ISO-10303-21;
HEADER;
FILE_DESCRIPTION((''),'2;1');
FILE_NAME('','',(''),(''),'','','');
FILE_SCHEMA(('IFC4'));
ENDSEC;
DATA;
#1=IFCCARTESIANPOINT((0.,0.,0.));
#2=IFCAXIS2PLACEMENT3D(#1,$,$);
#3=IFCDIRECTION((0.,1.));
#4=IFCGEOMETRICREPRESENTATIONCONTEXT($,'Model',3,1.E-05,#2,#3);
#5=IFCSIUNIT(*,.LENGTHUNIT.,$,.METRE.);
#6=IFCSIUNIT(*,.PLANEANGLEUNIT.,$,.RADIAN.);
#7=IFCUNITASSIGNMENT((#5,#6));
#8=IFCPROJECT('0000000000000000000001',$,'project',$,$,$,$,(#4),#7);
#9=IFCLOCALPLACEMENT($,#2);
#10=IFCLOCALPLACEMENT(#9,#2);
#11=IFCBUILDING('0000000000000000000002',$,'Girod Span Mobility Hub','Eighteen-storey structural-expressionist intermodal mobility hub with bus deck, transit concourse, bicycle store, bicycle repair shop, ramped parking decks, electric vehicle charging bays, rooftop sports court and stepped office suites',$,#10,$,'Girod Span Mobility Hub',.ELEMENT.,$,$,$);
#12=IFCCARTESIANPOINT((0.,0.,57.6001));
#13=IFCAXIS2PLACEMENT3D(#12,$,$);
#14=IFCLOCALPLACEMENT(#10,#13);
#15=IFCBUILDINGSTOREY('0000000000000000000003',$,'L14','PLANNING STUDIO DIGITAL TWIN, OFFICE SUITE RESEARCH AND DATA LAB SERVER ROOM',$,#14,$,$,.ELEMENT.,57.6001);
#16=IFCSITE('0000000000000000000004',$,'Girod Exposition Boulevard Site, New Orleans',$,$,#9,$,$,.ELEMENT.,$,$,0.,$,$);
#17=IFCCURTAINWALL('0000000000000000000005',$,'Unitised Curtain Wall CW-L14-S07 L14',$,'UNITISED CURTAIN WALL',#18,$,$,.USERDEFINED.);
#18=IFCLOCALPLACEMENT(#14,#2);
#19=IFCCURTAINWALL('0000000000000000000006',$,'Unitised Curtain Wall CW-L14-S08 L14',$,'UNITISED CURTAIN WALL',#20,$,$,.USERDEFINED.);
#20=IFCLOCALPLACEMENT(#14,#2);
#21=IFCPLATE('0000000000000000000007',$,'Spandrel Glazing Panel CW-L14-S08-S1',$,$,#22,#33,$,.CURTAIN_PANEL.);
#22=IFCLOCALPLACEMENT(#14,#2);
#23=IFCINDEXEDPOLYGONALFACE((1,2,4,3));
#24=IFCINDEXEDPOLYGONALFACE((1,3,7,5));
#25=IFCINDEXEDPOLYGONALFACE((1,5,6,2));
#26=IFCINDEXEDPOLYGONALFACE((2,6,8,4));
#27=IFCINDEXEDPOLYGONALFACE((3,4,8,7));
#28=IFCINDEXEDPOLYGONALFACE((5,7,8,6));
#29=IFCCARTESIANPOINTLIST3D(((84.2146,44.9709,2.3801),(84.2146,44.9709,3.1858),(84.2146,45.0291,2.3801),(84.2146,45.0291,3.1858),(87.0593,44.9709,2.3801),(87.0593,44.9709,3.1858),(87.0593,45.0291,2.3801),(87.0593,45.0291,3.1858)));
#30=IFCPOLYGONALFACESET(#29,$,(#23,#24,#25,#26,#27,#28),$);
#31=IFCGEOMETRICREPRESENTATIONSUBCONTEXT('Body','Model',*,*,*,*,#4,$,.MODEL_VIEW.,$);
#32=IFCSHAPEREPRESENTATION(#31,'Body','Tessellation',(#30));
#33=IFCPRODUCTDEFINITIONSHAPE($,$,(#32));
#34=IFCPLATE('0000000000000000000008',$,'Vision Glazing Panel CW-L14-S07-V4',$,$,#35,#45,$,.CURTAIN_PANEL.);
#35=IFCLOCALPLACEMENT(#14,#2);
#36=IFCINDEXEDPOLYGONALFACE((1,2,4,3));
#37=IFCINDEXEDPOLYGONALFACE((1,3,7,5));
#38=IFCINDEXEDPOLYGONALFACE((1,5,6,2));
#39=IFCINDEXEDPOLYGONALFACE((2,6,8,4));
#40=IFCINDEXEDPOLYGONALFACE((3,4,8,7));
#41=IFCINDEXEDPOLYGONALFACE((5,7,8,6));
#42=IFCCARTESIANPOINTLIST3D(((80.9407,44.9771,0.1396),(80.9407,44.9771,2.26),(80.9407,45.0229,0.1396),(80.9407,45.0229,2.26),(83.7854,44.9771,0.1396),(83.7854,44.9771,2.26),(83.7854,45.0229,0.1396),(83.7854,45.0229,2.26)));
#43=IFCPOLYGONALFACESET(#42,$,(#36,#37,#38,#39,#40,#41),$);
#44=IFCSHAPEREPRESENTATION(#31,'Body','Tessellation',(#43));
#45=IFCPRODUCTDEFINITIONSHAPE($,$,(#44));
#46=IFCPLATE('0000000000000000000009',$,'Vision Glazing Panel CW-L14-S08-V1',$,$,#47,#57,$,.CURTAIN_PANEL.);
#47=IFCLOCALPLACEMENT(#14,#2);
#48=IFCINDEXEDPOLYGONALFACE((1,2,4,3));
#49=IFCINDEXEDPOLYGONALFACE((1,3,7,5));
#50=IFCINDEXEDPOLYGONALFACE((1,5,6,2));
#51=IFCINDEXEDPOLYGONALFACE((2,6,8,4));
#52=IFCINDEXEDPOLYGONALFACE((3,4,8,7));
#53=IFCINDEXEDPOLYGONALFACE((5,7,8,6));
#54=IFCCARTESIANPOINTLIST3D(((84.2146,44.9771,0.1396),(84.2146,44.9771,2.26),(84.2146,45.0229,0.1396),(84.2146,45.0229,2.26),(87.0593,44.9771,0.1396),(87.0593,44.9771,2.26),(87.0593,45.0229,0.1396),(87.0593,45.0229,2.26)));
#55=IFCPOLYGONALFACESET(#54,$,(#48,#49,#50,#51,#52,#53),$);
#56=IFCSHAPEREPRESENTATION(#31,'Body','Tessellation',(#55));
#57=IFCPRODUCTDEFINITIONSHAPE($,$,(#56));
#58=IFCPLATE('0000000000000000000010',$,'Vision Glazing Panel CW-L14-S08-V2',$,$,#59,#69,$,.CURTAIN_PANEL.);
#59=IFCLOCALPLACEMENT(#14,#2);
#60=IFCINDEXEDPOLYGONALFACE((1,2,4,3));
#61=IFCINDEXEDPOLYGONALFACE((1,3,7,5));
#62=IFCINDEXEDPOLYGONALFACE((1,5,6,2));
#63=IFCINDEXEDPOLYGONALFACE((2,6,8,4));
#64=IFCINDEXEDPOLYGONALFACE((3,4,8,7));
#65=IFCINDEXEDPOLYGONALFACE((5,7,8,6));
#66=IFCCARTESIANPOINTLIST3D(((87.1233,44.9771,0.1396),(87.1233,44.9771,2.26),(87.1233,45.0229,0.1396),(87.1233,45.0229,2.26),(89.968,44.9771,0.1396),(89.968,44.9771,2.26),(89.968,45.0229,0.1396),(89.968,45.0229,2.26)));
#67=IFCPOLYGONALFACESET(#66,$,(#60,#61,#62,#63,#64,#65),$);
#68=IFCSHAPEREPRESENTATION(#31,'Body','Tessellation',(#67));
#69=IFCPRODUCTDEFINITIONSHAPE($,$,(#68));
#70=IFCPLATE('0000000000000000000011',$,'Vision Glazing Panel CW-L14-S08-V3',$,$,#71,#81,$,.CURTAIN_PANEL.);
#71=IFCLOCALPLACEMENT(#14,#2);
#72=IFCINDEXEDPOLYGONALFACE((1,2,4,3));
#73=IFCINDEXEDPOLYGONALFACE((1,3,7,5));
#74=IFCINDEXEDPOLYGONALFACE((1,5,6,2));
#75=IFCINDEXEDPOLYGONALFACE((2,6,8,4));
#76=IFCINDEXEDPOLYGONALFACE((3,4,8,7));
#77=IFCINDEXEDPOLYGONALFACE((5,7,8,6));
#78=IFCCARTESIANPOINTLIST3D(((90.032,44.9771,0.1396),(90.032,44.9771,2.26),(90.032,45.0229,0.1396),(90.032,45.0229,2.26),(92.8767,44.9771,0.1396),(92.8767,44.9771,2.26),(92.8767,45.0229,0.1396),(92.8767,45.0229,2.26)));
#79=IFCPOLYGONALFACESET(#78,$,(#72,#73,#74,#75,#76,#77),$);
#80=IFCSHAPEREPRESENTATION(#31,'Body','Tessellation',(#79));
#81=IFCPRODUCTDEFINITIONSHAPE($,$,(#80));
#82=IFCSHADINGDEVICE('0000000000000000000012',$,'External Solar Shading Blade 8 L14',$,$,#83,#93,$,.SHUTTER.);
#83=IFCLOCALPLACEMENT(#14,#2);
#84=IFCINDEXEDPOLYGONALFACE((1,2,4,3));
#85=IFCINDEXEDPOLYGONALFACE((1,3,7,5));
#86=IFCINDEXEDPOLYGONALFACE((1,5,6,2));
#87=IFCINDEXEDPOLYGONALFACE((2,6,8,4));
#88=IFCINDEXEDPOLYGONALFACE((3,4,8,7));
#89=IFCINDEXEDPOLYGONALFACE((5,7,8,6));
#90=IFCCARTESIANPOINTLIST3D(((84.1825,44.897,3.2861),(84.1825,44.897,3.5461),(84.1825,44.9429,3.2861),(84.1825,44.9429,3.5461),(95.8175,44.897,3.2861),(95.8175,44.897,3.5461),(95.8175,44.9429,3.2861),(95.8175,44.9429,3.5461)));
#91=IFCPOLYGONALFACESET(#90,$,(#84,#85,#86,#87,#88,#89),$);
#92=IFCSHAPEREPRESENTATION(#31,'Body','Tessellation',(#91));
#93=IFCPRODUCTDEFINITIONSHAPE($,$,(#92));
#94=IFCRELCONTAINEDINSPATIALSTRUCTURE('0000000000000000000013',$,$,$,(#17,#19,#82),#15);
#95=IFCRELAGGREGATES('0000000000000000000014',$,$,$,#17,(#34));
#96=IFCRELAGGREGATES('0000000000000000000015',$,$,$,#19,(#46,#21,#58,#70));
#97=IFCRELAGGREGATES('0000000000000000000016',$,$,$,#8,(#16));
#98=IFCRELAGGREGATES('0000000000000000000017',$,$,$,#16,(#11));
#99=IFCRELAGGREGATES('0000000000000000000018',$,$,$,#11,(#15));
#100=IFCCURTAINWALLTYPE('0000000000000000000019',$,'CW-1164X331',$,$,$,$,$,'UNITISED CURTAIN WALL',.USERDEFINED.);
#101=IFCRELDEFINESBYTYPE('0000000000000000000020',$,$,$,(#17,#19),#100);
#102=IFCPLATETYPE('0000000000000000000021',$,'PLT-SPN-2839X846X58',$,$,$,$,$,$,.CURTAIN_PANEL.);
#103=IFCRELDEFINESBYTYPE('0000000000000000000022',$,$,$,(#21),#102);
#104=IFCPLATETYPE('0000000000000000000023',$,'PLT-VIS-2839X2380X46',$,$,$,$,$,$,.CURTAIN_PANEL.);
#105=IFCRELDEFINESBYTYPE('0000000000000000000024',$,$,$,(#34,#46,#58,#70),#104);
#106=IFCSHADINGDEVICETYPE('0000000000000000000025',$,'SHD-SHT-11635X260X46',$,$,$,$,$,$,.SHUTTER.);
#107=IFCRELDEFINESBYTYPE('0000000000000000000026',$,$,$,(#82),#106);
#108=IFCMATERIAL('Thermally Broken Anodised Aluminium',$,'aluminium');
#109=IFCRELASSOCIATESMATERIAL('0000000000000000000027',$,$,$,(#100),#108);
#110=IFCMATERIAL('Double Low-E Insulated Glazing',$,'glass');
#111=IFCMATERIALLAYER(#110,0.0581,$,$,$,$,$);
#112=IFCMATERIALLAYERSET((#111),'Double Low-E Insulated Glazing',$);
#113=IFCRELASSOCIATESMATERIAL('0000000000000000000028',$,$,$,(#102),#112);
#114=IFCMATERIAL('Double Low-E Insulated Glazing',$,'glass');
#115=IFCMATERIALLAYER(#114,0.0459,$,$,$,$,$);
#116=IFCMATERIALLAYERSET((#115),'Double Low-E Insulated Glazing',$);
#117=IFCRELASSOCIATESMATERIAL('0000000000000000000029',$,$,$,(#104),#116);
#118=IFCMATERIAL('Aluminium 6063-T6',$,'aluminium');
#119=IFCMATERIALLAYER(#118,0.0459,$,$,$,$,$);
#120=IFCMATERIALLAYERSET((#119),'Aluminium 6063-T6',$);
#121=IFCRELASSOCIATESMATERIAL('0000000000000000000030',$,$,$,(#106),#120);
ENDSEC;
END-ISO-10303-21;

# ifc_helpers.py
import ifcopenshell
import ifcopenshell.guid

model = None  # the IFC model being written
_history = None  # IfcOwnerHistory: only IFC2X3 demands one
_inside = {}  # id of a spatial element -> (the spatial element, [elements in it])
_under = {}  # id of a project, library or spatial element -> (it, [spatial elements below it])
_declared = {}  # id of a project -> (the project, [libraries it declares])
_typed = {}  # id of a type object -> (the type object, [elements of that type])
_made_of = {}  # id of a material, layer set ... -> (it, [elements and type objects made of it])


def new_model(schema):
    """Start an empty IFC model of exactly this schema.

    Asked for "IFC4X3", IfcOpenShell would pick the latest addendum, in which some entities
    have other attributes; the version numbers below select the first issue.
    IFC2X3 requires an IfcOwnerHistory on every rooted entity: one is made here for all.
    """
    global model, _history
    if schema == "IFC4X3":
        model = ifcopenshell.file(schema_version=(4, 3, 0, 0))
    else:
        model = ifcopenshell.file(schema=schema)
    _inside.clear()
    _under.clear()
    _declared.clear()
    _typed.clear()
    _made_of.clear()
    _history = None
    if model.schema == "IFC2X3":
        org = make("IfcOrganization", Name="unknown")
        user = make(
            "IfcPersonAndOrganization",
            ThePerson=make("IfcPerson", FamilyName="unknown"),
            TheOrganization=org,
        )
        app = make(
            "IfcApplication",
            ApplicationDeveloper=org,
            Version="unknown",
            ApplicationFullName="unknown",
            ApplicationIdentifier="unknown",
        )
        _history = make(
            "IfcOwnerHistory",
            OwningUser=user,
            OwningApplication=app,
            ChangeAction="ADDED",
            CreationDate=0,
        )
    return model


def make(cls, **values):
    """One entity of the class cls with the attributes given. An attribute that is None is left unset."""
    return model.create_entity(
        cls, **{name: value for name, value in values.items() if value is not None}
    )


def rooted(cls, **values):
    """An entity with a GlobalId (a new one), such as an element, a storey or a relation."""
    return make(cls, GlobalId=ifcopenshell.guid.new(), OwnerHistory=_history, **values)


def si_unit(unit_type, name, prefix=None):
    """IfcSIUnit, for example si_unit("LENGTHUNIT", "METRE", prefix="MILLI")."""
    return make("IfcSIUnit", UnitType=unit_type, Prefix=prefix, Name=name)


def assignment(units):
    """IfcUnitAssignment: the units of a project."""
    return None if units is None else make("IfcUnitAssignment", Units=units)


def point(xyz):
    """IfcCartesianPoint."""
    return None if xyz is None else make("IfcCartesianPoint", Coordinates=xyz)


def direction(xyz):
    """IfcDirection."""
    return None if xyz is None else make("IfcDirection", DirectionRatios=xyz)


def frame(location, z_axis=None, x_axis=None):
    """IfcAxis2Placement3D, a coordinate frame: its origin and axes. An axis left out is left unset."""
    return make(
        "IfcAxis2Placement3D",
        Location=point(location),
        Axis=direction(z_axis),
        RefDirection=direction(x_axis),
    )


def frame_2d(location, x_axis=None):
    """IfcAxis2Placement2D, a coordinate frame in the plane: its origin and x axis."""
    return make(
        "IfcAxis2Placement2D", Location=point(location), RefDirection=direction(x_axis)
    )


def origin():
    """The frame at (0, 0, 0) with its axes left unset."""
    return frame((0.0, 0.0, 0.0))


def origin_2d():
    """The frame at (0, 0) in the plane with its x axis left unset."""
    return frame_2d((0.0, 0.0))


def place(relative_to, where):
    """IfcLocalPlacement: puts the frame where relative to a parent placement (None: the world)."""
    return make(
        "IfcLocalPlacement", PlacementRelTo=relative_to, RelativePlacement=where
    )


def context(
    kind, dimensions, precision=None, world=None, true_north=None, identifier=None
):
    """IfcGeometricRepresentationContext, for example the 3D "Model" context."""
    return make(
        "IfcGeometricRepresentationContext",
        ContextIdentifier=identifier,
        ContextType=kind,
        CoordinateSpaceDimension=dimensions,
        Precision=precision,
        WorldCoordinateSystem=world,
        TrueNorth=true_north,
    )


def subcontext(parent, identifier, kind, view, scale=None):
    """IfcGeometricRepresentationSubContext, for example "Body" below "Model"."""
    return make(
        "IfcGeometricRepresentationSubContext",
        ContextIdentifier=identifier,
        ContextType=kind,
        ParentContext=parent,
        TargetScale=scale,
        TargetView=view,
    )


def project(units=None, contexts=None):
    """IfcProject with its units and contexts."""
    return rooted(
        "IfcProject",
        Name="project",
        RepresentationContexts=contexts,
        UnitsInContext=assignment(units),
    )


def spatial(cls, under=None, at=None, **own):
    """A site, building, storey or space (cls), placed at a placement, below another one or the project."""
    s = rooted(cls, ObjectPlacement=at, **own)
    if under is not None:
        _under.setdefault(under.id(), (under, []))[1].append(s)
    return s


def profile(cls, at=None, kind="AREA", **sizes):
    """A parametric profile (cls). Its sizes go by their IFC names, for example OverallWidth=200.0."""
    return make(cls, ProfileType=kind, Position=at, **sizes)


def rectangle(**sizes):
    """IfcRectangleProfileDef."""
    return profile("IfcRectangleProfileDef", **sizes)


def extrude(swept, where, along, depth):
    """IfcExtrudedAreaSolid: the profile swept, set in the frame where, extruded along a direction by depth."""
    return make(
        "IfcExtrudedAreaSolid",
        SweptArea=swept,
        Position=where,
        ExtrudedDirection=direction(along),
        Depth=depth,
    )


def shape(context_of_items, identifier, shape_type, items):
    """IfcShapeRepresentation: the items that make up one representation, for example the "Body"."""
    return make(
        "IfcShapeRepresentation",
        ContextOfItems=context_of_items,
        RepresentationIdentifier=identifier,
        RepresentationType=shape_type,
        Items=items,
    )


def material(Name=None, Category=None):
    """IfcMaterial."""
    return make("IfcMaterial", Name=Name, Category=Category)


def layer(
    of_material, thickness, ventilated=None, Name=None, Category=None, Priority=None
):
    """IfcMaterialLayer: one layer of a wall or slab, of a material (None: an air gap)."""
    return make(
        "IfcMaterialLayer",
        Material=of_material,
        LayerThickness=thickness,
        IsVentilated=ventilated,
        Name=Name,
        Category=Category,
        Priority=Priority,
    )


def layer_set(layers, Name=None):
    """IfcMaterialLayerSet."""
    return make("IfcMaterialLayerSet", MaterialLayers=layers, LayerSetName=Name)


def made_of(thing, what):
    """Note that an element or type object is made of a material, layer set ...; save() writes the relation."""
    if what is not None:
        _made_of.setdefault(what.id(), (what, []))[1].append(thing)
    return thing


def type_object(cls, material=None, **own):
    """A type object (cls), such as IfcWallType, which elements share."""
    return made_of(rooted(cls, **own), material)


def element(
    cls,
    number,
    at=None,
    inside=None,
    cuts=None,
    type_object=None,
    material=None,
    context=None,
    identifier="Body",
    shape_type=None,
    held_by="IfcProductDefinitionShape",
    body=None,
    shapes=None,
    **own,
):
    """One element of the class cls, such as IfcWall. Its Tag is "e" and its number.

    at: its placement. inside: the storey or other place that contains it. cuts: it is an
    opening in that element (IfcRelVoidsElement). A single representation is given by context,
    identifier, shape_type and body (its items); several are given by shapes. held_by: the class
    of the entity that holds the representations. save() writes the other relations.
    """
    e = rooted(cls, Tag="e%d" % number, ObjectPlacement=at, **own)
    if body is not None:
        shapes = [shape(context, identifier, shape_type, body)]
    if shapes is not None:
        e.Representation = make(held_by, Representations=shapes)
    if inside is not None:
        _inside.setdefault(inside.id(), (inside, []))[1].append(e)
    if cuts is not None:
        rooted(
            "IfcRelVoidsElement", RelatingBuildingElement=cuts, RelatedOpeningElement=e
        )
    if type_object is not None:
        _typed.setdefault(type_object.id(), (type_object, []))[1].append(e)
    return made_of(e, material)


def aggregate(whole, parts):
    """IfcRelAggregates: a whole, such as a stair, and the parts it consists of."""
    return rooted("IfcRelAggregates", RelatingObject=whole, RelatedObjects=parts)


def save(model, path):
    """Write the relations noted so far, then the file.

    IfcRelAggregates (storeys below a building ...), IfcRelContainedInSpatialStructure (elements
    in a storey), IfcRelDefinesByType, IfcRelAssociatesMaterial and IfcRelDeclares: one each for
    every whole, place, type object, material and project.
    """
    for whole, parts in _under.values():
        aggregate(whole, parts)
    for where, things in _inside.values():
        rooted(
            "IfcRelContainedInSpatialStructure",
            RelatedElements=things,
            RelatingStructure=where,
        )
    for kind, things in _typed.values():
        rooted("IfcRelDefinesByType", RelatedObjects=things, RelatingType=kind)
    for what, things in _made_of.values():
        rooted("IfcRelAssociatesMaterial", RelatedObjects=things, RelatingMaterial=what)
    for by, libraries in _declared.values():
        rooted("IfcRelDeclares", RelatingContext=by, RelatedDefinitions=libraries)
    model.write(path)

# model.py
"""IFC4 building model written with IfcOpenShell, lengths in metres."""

from ifc_helpers import new_model, si_unit, direction, frame, origin, origin_2d, place, context, subcontext, project, spatial, rectangle, extrude, material, layer, layer_set, type_object, element, aggregate, save


model = new_model("IFC4")

# Units and contexts
model_context = context("Model", 3, precision=1e-05, world=origin(), true_north=direction((0.0, 1.0)))
body_context = subcontext(model_context, "Body", "Model", "MODEL_VIEW")
ifc_project = project(units=[si_unit("LENGTHUNIT", "METRE"), si_unit("PLANEANGLEUNIT", "RADIAN")], contexts=[model_context])

# Site, building, storey
site_placement = place(None, origin())
site = spatial("IfcSite", under=ifc_project, at=site_placement, Name="Girod Exposition Boulevard Site, New Orleans", CompositionType="ELEMENT", RefElevation=0.0)
building_placement = place(site_placement, origin())
building = spatial("IfcBuilding", under=site, at=building_placement, Name="Girod Span Mobility Hub", Description="Eighteen-storey structural-expressionist intermodal mobility hub with bus deck, transit concourse, bicycle store, bicycle repair shop, ramped parking decks, electric vehicle charging bays, rooftop sports court and stepped office suites", LongName="Girod Span Mobility Hub", CompositionType="ELEMENT")
storey_placement = place(building_placement, frame((0.0, 0.0, 57.6001)))
storey = spatial("IfcBuildingStorey", under=building, at=storey_placement, Name="L14", Description="PLANNING STUDIO DIGITAL TWIN, OFFICE SUITE RESEARCH AND DATA LAB SERVER ROOM", CompositionType="ELEMENT", Elevation=57.6001)

# Curtain wall
ifc_material_1 = material(Name="Thermally Broken Anodised Aluminium", Category="aluminium")
curtain_wall_type = type_object("IfcCurtainWallType", Name="CW-1164X331", ElementType="UNITISED CURTAIN WALL", PredefinedType="USERDEFINED", material=ifc_material_1)
curtain_wall_1_placement = place(storey_placement, origin())
curtain_wall_1 = element("IfcCurtainWall", 1, at=curtain_wall_1_placement, inside=storey, type_object=curtain_wall_type, Name="Unitised Curtain Wall CW-L14-S07 L14", ObjectType="UNITISED CURTAIN WALL", PredefinedType="USERDEFINED")

# Curtain wall
curtain_wall_2_placement = place(storey_placement, origin())
curtain_wall_2 = element("IfcCurtainWall", 2, at=curtain_wall_2_placement, inside=storey, type_object=curtain_wall_type, Name="Unitised Curtain Wall CW-L14-S08 L14", ObjectType="UNITISED CURTAIN WALL", PredefinedType="USERDEFINED")

# Plates
ifc_material_2 = material(Name="Double Low-E Insulated Glazing", Category="glass")
ifc_layer_1 = layer(ifc_material_2, 0.0581)
ifc_layer_set_1 = layer_set([ifc_layer_1], Name="Double Low-E Insulated Glazing")
plate_type_1 = type_object("IfcPlateType", Name="PLT-SPN-2839X846X58", PredefinedType="CURTAIN_PANEL", material=ifc_layer_set_1)
plate_1_placement = place(storey_placement, frame((85.637, 45.0, 2.3801), z_axis=(0.0, 0.0, 1.0), x_axis=(1.0, 0.0, 0.0)))
plate_1 = element("IfcPlate", 3, at=plate_1_placement, type_object=plate_type_1, Name="Spandrel Glazing Panel CW-L14-S08-S1", PredefinedType="CURTAIN_PANEL", context=body_context, shape_type="SweptSolid", body=[
    extrude(rectangle(XDim=2.8447, YDim=0.0581, at=origin_2d()), origin(), (0.0, 0.0, 1.0), 0.8057),
])
ifc_material_3 = material(Name="Double Low-E Insulated Glazing", Category="glass")
ifc_layer_2 = layer(ifc_material_3, 0.0459)
ifc_layer_set_2 = layer_set([ifc_layer_2], Name="Double Low-E Insulated Glazing")
plate_type_2 = type_object("IfcPlateType", Name="PLT-VIS-2839X2380X46", PredefinedType="CURTAIN_PANEL", material=ifc_layer_set_2)
plate_2_placement = place(storey_placement, frame((82.363, 45.0, 0.1396), z_axis=(0.0, 0.0, 1.0), x_axis=(1.0, 0.0, 0.0)))
plate_2 = element("IfcPlate", 4, at=plate_2_placement, type_object=plate_type_2, Name="Vision Glazing Panel CW-L14-S07-V4", PredefinedType="CURTAIN_PANEL", context=body_context, shape_type="SweptSolid", body=[
    extrude(rectangle(XDim=2.8447, YDim=0.0459, at=origin_2d()), origin(), (0.0, 0.0, 1.0), 2.1204),
])
aggregate(curtain_wall_1, [plate_2])
plate_3_placement = place(storey_placement, frame((85.637, 45.0, 0.1396), z_axis=(0.0, 0.0, 1.0), x_axis=(1.0, 0.0, 0.0)))
plate_3 = element("IfcPlate", 5, at=plate_3_placement, type_object=plate_type_2, Name="Vision Glazing Panel CW-L14-S08-V1", PredefinedType="CURTAIN_PANEL", context=body_context, shape_type="SweptSolid", body=[
    extrude(rectangle(XDim=2.8447, YDim=0.0459, at=origin_2d()), origin(), (0.0, 0.0, 1.0), 2.1204),
])
plate_4_placement = place(storey_placement, frame((88.5457, 45.0, 0.1396), z_axis=(0.0, 0.0, 1.0), x_axis=(1.0, 0.0, 0.0)))
plate_4 = element("IfcPlate", 6, at=plate_4_placement, type_object=plate_type_2, Name="Vision Glazing Panel CW-L14-S08-V2", PredefinedType="CURTAIN_PANEL", context=body_context, shape_type="SweptSolid", body=[
    extrude(rectangle(XDim=2.8447, YDim=0.0459, at=origin_2d()), origin(), (0.0, 0.0, 1.0), 2.1204),
])
plate_5_placement = place(storey_placement, frame((91.4543, 45.0, 0.1396), z_axis=(0.0, 0.0, 1.0), x_axis=(1.0, 0.0, 0.0)))
plate_5 = element("IfcPlate", 7, at=plate_5_placement, type_object=plate_type_2, Name="Vision Glazing Panel CW-L14-S08-V3", PredefinedType="CURTAIN_PANEL", context=body_context, shape_type="SweptSolid", body=[
    extrude(rectangle(XDim=2.8447, YDim=0.0459, at=origin_2d()), origin(), (0.0, 0.0, 1.0), 2.1204),
])
aggregate(curtain_wall_2, [plate_3, plate_1, plate_4, plate_5])

# Shading device
ifc_material_4 = material(Name="Aluminium 6063-T6", Category="aluminium")
ifc_layer_3 = layer(ifc_material_4, 0.0459)
ifc_layer_set_3 = layer_set([ifc_layer_3], Name="Aluminium 6063-T6")
shading_device_type = type_object("IfcShadingDeviceType", Name="SHD-SHT-11635X260X46", PredefinedType="SHUTTER", material=ifc_layer_set_3)
shading_device_placement = place(storey_placement, frame((90.0, 44.9199, 3.2861), z_axis=(0.0, 0.0, 1.0), x_axis=(1.0, 0.0, 0.0)))
element("IfcShadingDevice", 8, at=shading_device_placement, inside=storey, type_object=shading_device_type, Name="External Solar Shading Blade 8 L14", PredefinedType="SHUTTER", context=body_context, shape_type="SweptSolid", body=[
    extrude(rectangle(XDim=11.635, YDim=0.0459, at=origin_2d()), origin(), (0.0, 0.0, 1.0), 0.26),
])

save(model, "model.ifc")
